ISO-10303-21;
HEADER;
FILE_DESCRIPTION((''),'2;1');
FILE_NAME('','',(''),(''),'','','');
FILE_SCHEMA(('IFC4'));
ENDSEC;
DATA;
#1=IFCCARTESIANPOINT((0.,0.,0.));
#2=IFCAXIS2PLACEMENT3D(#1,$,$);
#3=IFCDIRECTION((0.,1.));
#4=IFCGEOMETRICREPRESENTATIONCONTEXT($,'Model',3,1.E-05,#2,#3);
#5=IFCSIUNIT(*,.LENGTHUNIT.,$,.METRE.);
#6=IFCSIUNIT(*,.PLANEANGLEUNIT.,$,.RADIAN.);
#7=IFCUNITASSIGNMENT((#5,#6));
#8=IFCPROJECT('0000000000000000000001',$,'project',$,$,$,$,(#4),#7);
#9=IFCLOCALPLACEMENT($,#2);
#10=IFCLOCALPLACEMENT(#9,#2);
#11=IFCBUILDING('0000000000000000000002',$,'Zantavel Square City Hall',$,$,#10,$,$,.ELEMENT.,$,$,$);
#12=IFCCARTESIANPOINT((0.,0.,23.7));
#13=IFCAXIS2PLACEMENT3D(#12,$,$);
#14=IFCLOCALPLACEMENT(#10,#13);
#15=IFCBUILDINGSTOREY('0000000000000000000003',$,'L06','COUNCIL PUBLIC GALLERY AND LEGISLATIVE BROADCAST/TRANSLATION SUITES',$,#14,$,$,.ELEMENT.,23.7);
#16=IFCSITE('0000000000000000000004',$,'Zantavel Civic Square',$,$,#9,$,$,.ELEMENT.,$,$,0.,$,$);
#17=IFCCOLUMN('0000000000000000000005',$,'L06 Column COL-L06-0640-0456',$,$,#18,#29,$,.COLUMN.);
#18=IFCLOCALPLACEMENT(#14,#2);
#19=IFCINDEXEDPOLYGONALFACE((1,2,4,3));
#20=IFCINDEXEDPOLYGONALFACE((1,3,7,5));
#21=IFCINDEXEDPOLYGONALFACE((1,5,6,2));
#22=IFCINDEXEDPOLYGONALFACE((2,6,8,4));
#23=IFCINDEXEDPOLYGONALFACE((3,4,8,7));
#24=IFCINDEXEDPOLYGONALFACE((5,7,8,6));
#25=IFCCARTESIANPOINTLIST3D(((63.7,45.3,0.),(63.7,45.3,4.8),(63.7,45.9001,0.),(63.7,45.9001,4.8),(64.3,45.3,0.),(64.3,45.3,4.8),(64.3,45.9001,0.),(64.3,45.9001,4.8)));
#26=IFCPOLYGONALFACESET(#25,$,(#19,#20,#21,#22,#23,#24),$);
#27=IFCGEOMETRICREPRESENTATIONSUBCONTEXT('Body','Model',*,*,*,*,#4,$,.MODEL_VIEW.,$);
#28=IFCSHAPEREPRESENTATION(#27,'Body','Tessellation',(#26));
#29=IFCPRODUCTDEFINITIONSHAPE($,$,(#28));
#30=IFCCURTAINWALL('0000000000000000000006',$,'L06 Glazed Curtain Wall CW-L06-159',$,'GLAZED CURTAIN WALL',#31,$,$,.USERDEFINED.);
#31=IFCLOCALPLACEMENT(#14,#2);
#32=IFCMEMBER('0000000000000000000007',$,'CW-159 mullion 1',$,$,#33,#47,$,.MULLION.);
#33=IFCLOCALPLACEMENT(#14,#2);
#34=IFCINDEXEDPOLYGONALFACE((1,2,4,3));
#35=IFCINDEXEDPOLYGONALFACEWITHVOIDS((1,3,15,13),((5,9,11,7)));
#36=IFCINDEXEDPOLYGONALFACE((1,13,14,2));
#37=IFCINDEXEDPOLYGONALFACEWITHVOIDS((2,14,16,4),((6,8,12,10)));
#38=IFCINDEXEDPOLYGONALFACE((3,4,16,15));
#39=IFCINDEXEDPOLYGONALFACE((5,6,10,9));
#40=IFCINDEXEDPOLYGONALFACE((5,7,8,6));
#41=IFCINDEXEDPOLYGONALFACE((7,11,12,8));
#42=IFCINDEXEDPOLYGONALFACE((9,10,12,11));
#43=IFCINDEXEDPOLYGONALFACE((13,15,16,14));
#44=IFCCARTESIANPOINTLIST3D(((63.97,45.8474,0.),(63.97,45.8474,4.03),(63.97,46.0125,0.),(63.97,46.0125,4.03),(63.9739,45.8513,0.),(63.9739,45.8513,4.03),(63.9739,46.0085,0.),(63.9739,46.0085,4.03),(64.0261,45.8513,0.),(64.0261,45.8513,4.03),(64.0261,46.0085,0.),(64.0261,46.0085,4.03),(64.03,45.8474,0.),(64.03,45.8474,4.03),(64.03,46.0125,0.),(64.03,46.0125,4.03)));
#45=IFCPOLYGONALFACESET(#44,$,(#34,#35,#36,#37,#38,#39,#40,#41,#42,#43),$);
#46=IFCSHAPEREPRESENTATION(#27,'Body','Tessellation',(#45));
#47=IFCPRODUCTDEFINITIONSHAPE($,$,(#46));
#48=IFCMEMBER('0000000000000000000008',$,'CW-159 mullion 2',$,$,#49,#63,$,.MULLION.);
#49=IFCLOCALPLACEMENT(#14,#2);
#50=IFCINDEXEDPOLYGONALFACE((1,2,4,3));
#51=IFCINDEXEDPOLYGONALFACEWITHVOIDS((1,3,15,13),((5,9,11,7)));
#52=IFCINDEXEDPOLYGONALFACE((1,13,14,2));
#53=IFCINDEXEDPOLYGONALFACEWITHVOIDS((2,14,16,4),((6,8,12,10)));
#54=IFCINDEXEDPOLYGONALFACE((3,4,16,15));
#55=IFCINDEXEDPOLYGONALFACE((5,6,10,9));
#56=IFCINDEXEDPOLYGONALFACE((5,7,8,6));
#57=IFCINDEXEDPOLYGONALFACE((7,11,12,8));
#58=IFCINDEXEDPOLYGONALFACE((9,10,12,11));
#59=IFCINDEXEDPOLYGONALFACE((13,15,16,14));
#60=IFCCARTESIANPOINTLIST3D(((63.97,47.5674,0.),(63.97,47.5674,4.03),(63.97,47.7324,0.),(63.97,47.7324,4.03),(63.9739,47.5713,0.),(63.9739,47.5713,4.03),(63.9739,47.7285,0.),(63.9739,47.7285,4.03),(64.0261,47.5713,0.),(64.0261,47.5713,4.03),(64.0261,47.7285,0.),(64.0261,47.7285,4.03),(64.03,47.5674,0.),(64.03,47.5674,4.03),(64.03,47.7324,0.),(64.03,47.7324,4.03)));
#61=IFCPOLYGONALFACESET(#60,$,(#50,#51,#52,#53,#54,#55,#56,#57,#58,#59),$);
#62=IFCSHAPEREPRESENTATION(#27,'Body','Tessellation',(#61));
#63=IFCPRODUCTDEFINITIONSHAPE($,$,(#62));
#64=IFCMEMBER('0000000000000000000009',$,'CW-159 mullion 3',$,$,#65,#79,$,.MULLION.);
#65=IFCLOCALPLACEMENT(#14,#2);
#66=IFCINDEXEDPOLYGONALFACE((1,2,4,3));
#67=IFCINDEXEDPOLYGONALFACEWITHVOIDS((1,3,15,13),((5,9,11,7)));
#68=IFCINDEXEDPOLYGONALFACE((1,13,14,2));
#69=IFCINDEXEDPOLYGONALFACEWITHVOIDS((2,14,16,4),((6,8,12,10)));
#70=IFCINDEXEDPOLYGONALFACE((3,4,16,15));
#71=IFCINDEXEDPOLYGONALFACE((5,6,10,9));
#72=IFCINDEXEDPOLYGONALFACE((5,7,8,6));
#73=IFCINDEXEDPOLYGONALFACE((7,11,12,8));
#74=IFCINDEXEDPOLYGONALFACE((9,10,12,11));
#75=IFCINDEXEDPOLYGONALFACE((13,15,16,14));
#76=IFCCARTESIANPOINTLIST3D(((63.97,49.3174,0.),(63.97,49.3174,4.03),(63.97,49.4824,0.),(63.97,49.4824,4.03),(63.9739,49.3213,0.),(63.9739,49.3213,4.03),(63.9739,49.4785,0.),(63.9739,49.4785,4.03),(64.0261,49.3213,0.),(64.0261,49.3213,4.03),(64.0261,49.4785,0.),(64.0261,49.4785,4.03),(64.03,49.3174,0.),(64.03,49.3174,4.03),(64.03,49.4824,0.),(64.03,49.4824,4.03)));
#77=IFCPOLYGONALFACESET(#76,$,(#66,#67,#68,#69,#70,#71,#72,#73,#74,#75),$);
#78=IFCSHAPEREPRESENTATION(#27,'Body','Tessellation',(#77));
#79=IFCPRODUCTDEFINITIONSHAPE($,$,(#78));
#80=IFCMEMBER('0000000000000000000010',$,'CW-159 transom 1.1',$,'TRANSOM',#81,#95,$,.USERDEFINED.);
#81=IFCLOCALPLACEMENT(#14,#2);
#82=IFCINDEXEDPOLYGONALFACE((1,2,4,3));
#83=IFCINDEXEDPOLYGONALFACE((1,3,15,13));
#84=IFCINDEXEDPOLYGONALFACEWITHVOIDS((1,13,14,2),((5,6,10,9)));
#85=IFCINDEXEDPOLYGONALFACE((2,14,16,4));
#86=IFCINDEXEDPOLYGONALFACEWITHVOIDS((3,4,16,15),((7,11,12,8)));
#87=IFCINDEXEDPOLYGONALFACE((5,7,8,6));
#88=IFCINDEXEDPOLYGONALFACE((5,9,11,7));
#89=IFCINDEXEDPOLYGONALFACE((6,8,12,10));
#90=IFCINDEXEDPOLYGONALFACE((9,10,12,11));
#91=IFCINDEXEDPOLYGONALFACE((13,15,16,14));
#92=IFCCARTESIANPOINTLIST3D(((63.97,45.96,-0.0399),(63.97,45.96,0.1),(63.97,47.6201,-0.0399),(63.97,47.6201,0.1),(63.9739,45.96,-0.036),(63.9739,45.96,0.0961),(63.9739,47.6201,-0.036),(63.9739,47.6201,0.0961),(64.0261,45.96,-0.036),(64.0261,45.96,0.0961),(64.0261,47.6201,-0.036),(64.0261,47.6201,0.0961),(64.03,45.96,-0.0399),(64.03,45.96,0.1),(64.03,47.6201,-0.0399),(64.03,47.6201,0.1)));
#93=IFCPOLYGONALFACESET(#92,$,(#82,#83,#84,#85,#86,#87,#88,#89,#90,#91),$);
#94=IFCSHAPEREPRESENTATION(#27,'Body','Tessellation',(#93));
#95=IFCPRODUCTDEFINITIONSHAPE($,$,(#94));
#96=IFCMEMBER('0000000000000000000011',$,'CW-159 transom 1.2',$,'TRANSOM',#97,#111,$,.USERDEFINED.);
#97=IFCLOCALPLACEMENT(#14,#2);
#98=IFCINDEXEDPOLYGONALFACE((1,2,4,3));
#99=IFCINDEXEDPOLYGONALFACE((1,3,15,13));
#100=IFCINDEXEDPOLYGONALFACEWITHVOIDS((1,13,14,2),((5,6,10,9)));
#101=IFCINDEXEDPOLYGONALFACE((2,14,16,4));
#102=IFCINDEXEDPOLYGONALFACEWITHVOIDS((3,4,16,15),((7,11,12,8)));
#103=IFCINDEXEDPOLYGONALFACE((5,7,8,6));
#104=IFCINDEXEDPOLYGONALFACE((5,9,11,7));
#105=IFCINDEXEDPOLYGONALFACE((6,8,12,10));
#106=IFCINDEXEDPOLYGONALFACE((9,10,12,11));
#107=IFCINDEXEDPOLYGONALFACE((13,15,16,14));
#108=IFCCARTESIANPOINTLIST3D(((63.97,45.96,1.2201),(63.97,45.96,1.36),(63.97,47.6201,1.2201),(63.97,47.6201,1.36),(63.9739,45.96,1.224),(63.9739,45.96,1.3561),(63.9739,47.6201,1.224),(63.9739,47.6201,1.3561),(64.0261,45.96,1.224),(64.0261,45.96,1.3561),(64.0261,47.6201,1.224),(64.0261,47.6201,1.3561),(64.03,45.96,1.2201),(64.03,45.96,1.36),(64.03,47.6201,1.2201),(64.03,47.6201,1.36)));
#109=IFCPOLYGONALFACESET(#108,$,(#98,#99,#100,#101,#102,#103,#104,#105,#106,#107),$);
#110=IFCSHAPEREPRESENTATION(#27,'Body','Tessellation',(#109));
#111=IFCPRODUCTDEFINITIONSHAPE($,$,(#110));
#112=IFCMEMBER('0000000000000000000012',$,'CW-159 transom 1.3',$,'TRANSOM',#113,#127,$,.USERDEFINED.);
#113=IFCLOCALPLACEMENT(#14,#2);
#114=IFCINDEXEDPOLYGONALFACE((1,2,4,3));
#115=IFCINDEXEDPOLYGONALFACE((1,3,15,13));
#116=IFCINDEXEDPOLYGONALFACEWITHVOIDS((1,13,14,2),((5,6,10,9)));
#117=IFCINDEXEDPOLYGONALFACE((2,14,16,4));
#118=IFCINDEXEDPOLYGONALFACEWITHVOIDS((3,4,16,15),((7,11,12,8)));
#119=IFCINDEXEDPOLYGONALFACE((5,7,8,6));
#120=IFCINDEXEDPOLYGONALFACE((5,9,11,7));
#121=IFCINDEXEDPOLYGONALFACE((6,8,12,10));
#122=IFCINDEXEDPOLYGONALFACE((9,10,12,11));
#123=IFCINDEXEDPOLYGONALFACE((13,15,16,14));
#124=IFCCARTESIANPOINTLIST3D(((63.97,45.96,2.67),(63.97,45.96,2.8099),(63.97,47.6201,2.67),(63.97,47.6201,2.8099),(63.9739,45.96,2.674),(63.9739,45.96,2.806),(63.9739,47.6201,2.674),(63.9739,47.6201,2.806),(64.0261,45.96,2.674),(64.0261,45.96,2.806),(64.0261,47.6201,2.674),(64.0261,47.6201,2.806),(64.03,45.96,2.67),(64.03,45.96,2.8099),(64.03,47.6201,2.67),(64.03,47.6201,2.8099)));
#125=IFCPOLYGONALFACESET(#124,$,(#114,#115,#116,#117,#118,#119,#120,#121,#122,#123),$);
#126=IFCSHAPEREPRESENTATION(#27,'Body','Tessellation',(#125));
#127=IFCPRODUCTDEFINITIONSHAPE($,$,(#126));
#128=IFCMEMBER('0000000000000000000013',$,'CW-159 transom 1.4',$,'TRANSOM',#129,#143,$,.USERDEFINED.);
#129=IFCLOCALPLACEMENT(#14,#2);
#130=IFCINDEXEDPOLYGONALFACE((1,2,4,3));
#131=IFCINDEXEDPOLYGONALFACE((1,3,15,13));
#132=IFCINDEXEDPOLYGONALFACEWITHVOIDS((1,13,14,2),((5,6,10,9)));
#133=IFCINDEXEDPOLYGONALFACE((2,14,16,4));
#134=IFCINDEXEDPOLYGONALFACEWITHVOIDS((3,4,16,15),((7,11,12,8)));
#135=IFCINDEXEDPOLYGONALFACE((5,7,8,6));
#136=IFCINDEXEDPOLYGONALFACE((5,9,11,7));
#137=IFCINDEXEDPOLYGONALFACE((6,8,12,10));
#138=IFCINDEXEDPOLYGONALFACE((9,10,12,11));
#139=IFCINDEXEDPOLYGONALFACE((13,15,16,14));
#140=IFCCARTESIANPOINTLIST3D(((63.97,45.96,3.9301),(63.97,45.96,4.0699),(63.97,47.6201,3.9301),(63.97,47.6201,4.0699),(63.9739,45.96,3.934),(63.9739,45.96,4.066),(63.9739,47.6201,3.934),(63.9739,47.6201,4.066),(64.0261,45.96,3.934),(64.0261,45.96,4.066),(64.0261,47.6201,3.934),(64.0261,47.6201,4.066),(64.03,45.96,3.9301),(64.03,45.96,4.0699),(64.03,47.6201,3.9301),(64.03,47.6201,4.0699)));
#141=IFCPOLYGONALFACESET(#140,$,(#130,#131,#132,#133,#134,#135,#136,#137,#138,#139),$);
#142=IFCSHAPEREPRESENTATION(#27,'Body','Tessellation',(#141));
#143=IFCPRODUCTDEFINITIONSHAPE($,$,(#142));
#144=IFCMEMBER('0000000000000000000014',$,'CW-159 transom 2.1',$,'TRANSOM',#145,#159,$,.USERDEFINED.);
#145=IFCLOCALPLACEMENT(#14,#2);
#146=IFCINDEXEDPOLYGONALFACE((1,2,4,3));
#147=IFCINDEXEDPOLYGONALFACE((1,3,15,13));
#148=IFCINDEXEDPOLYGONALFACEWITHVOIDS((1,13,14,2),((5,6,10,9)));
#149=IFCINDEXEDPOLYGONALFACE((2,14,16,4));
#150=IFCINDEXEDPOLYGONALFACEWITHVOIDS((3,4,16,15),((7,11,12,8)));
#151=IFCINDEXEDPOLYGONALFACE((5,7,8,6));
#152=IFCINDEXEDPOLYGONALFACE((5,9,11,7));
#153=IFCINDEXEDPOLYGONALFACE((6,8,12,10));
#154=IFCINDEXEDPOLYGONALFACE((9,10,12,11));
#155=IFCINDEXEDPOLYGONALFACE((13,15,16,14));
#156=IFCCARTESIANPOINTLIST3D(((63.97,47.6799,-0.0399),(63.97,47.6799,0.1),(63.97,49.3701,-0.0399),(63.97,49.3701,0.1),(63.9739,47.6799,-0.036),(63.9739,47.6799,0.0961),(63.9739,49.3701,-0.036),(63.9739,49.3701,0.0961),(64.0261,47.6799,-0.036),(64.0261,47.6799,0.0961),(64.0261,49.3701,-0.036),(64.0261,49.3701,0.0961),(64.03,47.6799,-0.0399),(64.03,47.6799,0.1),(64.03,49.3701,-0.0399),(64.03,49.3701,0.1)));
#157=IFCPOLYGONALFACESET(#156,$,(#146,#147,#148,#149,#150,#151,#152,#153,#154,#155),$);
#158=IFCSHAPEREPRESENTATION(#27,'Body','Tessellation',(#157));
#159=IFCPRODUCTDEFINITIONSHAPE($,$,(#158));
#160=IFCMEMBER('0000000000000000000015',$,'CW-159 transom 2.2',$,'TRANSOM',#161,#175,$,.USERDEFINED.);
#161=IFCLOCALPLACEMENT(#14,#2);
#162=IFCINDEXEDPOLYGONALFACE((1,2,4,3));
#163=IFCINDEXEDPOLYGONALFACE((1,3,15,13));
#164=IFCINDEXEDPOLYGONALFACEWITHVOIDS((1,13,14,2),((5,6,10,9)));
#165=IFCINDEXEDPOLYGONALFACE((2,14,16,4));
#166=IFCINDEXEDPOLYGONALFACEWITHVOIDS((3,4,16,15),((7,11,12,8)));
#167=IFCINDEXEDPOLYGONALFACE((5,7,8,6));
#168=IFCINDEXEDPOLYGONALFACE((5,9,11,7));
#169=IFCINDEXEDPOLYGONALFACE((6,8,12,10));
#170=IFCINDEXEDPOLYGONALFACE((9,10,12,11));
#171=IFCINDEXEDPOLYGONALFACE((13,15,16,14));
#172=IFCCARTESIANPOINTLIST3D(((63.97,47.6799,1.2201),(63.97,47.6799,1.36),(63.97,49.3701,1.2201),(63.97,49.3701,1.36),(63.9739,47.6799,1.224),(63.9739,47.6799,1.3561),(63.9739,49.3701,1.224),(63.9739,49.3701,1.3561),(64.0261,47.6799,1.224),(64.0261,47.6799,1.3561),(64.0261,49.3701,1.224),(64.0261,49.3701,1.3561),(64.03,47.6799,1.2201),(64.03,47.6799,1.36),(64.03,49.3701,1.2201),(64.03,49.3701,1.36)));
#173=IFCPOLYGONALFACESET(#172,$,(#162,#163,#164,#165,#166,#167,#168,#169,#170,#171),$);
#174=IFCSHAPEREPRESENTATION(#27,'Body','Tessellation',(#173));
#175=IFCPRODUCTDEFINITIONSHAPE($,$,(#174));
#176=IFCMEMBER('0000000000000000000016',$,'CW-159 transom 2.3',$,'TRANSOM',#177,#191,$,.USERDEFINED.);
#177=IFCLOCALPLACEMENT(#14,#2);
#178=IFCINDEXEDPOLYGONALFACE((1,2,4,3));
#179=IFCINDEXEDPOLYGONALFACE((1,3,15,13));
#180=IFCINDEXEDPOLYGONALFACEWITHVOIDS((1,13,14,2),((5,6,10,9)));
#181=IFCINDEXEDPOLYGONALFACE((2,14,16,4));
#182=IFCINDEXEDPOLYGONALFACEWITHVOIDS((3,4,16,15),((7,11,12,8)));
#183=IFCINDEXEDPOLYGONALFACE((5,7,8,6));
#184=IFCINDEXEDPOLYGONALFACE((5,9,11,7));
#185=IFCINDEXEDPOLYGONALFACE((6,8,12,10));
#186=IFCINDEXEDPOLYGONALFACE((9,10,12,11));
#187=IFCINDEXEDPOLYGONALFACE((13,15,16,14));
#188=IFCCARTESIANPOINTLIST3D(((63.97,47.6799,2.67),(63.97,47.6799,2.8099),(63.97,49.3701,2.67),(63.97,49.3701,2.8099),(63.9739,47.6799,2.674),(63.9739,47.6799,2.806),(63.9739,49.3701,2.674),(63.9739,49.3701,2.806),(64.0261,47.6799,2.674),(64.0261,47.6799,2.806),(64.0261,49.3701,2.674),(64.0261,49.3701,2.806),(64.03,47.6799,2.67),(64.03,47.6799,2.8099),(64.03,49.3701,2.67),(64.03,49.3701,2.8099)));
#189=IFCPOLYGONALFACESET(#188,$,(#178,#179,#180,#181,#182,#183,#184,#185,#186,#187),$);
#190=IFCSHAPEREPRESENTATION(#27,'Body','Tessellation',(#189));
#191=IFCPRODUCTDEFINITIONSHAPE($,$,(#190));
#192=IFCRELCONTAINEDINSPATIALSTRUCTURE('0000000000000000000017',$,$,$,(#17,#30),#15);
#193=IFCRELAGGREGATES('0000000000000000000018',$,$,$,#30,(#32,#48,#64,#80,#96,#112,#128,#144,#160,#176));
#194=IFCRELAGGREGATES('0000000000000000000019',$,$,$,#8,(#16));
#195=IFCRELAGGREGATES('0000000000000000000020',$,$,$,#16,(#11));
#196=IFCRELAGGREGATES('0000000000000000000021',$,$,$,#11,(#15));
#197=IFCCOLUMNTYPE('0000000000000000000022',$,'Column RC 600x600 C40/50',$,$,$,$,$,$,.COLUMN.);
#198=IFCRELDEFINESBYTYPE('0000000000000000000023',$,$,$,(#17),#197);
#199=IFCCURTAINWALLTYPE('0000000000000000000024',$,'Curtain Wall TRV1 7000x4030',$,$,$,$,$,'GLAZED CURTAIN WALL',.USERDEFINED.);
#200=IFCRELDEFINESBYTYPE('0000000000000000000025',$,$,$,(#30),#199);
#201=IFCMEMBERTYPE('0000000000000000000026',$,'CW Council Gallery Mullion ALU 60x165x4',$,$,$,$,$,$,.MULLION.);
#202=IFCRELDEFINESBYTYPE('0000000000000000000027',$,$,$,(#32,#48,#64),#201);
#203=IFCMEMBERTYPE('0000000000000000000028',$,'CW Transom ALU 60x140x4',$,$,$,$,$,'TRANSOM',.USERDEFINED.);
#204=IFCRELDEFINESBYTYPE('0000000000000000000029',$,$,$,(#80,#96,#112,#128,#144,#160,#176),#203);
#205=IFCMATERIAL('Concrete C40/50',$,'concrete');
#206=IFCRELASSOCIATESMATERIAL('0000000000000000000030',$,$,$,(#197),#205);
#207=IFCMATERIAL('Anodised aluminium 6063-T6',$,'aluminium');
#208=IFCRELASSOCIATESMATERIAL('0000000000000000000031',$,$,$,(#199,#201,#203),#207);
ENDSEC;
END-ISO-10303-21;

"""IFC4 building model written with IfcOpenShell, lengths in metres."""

from ifc_helpers import new_model, si_unit, direction, frame, origin, origin_2d, place, context, subcontext, project, spatial, rectangle, hollow_rectangle, extrude, material, material_profile, profile_set, type_object, element, aggregate, save


model = new_model("IFC4")

# Units and contexts
model_context = context("Model", 3, precision=1e-05, world=origin(), true_north=direction((0.0, 1.0)))
body_context = subcontext(model_context, "Body", "Model", "MODEL_VIEW")
ifc_project = project(units=[si_unit("LENGTHUNIT", "METRE"), si_unit("PLANEANGLEUNIT", "RADIAN")], contexts=[model_context])

# Site, building, storey
site_placement = place(None, origin())
site = spatial("IfcSite", under=ifc_project, at=site_placement, Name="Zantavel Civic Square", CompositionType="ELEMENT", RefElevation=0.0)
building_placement = place(site_placement, origin())
building = spatial("IfcBuilding", under=site, at=building_placement, Name="Zantavel Square City Hall", CompositionType="ELEMENT")
storey_placement = place(building_placement, frame((0.0, 0.0, 23.7)))
storey = spatial("IfcBuildingStorey", under=building, at=storey_placement, Name="L06", Description="COUNCIL PUBLIC GALLERY AND LEGISLATIVE BROADCAST/TRANSLATION SUITES", CompositionType="ELEMENT", Elevation=23.7)

# Column
ifc_material_1 = material(Name="Concrete C40/50", Category="concrete")
ifc_material_profile_1 = material_profile(ifc_material_1, rectangle(XDim=0.6001, YDim=0.6001, at=origin_2d()), Name="RC 600x600")
ifc_profile_set_1 = profile_set([ifc_material_profile_1], Name="Concrete C40/50")
column_type = type_object("IfcColumnType", Name="Column RC 600x600 C40/50", PredefinedType="COLUMN", material=ifc_profile_set_1)
column_placement = place(storey_placement, frame((64.0, 45.6001, 0.0), z_axis=(0.0, 0.0, 1.0), x_axis=(1.0, 0.0, 0.0)))
element("IfcColumn", 1, at=column_placement, inside=storey, type_object=column_type, Name="L06 Column COL-L06-0640-0456", PredefinedType="COLUMN", context=body_context, shape_type="SweptSolid", body=[
    extrude(rectangle(XDim=0.6001, YDim=0.6001, at=origin_2d()), origin(), (0.0, 0.0, 1.0), 4.8),
])

# Curtain wall, members
ifc_material_2 = material(Name="Anodised aluminium 6063-T6", Category="aluminium")
curtain_wall_type = type_object("IfcCurtainWallType", Name="Curtain Wall TRV1 7000x4030", ElementType="GLAZED CURTAIN WALL", PredefinedType="USERDEFINED", material=ifc_material_2)
curtain_wall_placement = place(storey_placement, origin())
curtain_wall = element("IfcCurtainWall", 2, at=curtain_wall_placement, inside=storey, type_object=curtain_wall_type, Name="L06 Glazed Curtain Wall CW-L06-159", ObjectType="GLAZED CURTAIN WALL", PredefinedType="USERDEFINED")
ifc_material_profile_2 = material_profile(ifc_material_2, hollow_rectangle(XDim=0.0601, YDim=0.165, WallThickness=0.0039, at=origin_2d()), Name="ALU 60x165x4")
ifc_profile_set_2 = profile_set([ifc_material_profile_2], Name="Anodised aluminium 6063-T6")
member_type_1 = type_object("IfcMemberType", Name="CW Council Gallery Mullion ALU 60x165x4", PredefinedType="MULLION", material=ifc_profile_set_2)
member_1_placement = place(storey_placement, frame((64.0, 45.9299, 0.0), z_axis=(0.0, 0.0, 1.0), x_axis=(-1.0, 0.0, 0.0)))
member_1 = element("IfcMember", 3, at=member_1_placement, type_object=member_type_1, Name="CW-159 mullion 1", PredefinedType="MULLION", context=body_context, shape_type="SweptSolid", body=[
    extrude(hollow_rectangle(XDim=0.0601, YDim=0.165, WallThickness=0.0039, at=origin_2d()), origin(), (0.0, 0.0, 1.0), 4.03),
])
member_2_placement = place(storey_placement, frame((64.0, 47.6499, 0.0), z_axis=(0.0, 0.0, 1.0), x_axis=(-1.0, 0.0, 0.0)))
member_2 = element("IfcMember", 4, at=member_2_placement, type_object=member_type_1, Name="CW-159 mullion 2", PredefinedType="MULLION", context=body_context, shape_type="SweptSolid", body=[
    extrude(hollow_rectangle(XDim=0.0601, YDim=0.165, WallThickness=0.0039, at=origin_2d()), origin(), (0.0, 0.0, 1.0), 4.03),
])
member_3_placement = place(storey_placement, frame((64.0, 49.3999, 0.0), z_axis=(0.0, 0.0, 1.0), x_axis=(-1.0, 0.0, 0.0)))
member_3 = element("IfcMember", 5, at=member_3_placement, type_object=member_type_1, Name="CW-159 mullion 3", PredefinedType="MULLION", context=body_context, shape_type="SweptSolid", body=[
    extrude(hollow_rectangle(XDim=0.0601, YDim=0.165, WallThickness=0.0039, at=origin_2d()), origin(), (0.0, 0.0, 1.0), 4.03),
])
ifc_material_profile_3 = material_profile(ifc_material_2, hollow_rectangle(XDim=0.0601, YDim=0.1399, WallThickness=0.0039, at=origin_2d()), Name="ALU 60x140x4")
ifc_profile_set_3 = profile_set([ifc_material_profile_3], Name="Anodised aluminium 6063-T6")
member_type_2 = type_object("IfcMemberType", Name="CW Transom ALU 60x140x4", ElementType="TRANSOM", PredefinedType="USERDEFINED", material=ifc_profile_set_3)
member_4_placement = place(storey_placement, frame((64.0, 45.96, 0.03), z_axis=(0.0, 1.0, 0.0), x_axis=(-1.0, 0.0, 0.0)))
member_4 = element("IfcMember", 6, at=member_4_placement, type_object=member_type_2, Name="CW-159 transom 1.1", ObjectType="TRANSOM", PredefinedType="USERDEFINED", context=body_context, shape_type="SweptSolid", body=[
    extrude(hollow_rectangle(XDim=0.0601, YDim=0.1399, WallThickness=0.0039, at=origin_2d()), origin(), (0.0, 0.0, 1.0), 1.6602),
])
member_5_placement = place(storey_placement, frame((64.0, 45.96, 1.29), z_axis=(0.0, 1.0, 0.0), x_axis=(-1.0, 0.0, 0.0)))
member_5 = element("IfcMember", 7, at=member_5_placement, type_object=member_type_2, Name="CW-159 transom 1.2", ObjectType="TRANSOM", PredefinedType="USERDEFINED", context=body_context, shape_type="SweptSolid", body=[
    extrude(hollow_rectangle(XDim=0.0601, YDim=0.1399, WallThickness=0.0039, at=origin_2d()), origin(), (0.0, 0.0, 1.0), 1.6602),
])
member_6_placement = place(storey_placement, frame((64.0, 45.96, 2.74), z_axis=(0.0, 1.0, 0.0), x_axis=(-1.0, 0.0, 0.0)))
member_6 = element("IfcMember", 8, at=member_6_placement, type_object=member_type_2, Name="CW-159 transom 1.3", ObjectType="TRANSOM", PredefinedType="USERDEFINED", context=body_context, shape_type="SweptSolid", body=[
    extrude(hollow_rectangle(XDim=0.0601, YDim=0.1399, WallThickness=0.0039, at=origin_2d()), origin(), (0.0, 0.0, 1.0), 1.6602),
])
member_7_placement = place(storey_placement, frame((64.0, 45.96, 4.0), z_axis=(0.0, 1.0, 0.0), x_axis=(-1.0, 0.0, 0.0)))
member_7 = element("IfcMember", 9, at=member_7_placement, type_object=member_type_2, Name="CW-159 transom 1.4", ObjectType="TRANSOM", PredefinedType="USERDEFINED", context=body_context, shape_type="SweptSolid", body=[
    extrude(hollow_rectangle(XDim=0.0601, YDim=0.1399, WallThickness=0.0039, at=origin_2d()), origin(), (0.0, 0.0, 1.0), 1.6602),
])
member_8_placement = place(storey_placement, frame((64.0, 47.6799, 0.03), z_axis=(0.0, 1.0, 0.0), x_axis=(-1.0, 0.0, 0.0)))
member_8 = element("IfcMember", 10, at=member_8_placement, type_object=member_type_2, Name="CW-159 transom 2.1", ObjectType="TRANSOM", PredefinedType="USERDEFINED", context=body_context, shape_type="SweptSolid", body=[
    extrude(hollow_rectangle(XDim=0.0601, YDim=0.1399, WallThickness=0.0039, at=origin_2d()), origin(), (0.0, 0.0, 1.0), 1.6902),
])
member_9_placement = place(storey_placement, frame((64.0, 47.6799, 1.29), z_axis=(0.0, 1.0, 0.0), x_axis=(-1.0, 0.0, 0.0)))
member_9 = element("IfcMember", 11, at=member_9_placement, type_object=member_type_2, Name="CW-159 transom 2.2", ObjectType="TRANSOM", PredefinedType="USERDEFINED", context=body_context, shape_type="SweptSolid", body=[
    extrude(hollow_rectangle(XDim=0.0601, YDim=0.1399, WallThickness=0.0039, at=origin_2d()), origin(), (0.0, 0.0, 1.0), 1.6902),
])
member_10_placement = place(storey_placement, frame((64.0, 47.6799, 2.74), z_axis=(0.0, 1.0, 0.0), x_axis=(-1.0, 0.0, 0.0)))
member_10 = element("IfcMember", 12, at=member_10_placement, type_object=member_type_2, Name="CW-159 transom 2.3", ObjectType="TRANSOM", PredefinedType="USERDEFINED", context=body_context, shape_type="SweptSolid", body=[
    extrude(hollow_rectangle(XDim=0.0601, YDim=0.1399, WallThickness=0.0039, at=origin_2d()), origin(), (0.0, 0.0, 1.0), 1.6902),
])

aggregate(curtain_wall, [member_1, member_2, member_3, member_4, member_5, member_6, member_7, member_8, member_9, member_10])

save(model, "model.ifc")
